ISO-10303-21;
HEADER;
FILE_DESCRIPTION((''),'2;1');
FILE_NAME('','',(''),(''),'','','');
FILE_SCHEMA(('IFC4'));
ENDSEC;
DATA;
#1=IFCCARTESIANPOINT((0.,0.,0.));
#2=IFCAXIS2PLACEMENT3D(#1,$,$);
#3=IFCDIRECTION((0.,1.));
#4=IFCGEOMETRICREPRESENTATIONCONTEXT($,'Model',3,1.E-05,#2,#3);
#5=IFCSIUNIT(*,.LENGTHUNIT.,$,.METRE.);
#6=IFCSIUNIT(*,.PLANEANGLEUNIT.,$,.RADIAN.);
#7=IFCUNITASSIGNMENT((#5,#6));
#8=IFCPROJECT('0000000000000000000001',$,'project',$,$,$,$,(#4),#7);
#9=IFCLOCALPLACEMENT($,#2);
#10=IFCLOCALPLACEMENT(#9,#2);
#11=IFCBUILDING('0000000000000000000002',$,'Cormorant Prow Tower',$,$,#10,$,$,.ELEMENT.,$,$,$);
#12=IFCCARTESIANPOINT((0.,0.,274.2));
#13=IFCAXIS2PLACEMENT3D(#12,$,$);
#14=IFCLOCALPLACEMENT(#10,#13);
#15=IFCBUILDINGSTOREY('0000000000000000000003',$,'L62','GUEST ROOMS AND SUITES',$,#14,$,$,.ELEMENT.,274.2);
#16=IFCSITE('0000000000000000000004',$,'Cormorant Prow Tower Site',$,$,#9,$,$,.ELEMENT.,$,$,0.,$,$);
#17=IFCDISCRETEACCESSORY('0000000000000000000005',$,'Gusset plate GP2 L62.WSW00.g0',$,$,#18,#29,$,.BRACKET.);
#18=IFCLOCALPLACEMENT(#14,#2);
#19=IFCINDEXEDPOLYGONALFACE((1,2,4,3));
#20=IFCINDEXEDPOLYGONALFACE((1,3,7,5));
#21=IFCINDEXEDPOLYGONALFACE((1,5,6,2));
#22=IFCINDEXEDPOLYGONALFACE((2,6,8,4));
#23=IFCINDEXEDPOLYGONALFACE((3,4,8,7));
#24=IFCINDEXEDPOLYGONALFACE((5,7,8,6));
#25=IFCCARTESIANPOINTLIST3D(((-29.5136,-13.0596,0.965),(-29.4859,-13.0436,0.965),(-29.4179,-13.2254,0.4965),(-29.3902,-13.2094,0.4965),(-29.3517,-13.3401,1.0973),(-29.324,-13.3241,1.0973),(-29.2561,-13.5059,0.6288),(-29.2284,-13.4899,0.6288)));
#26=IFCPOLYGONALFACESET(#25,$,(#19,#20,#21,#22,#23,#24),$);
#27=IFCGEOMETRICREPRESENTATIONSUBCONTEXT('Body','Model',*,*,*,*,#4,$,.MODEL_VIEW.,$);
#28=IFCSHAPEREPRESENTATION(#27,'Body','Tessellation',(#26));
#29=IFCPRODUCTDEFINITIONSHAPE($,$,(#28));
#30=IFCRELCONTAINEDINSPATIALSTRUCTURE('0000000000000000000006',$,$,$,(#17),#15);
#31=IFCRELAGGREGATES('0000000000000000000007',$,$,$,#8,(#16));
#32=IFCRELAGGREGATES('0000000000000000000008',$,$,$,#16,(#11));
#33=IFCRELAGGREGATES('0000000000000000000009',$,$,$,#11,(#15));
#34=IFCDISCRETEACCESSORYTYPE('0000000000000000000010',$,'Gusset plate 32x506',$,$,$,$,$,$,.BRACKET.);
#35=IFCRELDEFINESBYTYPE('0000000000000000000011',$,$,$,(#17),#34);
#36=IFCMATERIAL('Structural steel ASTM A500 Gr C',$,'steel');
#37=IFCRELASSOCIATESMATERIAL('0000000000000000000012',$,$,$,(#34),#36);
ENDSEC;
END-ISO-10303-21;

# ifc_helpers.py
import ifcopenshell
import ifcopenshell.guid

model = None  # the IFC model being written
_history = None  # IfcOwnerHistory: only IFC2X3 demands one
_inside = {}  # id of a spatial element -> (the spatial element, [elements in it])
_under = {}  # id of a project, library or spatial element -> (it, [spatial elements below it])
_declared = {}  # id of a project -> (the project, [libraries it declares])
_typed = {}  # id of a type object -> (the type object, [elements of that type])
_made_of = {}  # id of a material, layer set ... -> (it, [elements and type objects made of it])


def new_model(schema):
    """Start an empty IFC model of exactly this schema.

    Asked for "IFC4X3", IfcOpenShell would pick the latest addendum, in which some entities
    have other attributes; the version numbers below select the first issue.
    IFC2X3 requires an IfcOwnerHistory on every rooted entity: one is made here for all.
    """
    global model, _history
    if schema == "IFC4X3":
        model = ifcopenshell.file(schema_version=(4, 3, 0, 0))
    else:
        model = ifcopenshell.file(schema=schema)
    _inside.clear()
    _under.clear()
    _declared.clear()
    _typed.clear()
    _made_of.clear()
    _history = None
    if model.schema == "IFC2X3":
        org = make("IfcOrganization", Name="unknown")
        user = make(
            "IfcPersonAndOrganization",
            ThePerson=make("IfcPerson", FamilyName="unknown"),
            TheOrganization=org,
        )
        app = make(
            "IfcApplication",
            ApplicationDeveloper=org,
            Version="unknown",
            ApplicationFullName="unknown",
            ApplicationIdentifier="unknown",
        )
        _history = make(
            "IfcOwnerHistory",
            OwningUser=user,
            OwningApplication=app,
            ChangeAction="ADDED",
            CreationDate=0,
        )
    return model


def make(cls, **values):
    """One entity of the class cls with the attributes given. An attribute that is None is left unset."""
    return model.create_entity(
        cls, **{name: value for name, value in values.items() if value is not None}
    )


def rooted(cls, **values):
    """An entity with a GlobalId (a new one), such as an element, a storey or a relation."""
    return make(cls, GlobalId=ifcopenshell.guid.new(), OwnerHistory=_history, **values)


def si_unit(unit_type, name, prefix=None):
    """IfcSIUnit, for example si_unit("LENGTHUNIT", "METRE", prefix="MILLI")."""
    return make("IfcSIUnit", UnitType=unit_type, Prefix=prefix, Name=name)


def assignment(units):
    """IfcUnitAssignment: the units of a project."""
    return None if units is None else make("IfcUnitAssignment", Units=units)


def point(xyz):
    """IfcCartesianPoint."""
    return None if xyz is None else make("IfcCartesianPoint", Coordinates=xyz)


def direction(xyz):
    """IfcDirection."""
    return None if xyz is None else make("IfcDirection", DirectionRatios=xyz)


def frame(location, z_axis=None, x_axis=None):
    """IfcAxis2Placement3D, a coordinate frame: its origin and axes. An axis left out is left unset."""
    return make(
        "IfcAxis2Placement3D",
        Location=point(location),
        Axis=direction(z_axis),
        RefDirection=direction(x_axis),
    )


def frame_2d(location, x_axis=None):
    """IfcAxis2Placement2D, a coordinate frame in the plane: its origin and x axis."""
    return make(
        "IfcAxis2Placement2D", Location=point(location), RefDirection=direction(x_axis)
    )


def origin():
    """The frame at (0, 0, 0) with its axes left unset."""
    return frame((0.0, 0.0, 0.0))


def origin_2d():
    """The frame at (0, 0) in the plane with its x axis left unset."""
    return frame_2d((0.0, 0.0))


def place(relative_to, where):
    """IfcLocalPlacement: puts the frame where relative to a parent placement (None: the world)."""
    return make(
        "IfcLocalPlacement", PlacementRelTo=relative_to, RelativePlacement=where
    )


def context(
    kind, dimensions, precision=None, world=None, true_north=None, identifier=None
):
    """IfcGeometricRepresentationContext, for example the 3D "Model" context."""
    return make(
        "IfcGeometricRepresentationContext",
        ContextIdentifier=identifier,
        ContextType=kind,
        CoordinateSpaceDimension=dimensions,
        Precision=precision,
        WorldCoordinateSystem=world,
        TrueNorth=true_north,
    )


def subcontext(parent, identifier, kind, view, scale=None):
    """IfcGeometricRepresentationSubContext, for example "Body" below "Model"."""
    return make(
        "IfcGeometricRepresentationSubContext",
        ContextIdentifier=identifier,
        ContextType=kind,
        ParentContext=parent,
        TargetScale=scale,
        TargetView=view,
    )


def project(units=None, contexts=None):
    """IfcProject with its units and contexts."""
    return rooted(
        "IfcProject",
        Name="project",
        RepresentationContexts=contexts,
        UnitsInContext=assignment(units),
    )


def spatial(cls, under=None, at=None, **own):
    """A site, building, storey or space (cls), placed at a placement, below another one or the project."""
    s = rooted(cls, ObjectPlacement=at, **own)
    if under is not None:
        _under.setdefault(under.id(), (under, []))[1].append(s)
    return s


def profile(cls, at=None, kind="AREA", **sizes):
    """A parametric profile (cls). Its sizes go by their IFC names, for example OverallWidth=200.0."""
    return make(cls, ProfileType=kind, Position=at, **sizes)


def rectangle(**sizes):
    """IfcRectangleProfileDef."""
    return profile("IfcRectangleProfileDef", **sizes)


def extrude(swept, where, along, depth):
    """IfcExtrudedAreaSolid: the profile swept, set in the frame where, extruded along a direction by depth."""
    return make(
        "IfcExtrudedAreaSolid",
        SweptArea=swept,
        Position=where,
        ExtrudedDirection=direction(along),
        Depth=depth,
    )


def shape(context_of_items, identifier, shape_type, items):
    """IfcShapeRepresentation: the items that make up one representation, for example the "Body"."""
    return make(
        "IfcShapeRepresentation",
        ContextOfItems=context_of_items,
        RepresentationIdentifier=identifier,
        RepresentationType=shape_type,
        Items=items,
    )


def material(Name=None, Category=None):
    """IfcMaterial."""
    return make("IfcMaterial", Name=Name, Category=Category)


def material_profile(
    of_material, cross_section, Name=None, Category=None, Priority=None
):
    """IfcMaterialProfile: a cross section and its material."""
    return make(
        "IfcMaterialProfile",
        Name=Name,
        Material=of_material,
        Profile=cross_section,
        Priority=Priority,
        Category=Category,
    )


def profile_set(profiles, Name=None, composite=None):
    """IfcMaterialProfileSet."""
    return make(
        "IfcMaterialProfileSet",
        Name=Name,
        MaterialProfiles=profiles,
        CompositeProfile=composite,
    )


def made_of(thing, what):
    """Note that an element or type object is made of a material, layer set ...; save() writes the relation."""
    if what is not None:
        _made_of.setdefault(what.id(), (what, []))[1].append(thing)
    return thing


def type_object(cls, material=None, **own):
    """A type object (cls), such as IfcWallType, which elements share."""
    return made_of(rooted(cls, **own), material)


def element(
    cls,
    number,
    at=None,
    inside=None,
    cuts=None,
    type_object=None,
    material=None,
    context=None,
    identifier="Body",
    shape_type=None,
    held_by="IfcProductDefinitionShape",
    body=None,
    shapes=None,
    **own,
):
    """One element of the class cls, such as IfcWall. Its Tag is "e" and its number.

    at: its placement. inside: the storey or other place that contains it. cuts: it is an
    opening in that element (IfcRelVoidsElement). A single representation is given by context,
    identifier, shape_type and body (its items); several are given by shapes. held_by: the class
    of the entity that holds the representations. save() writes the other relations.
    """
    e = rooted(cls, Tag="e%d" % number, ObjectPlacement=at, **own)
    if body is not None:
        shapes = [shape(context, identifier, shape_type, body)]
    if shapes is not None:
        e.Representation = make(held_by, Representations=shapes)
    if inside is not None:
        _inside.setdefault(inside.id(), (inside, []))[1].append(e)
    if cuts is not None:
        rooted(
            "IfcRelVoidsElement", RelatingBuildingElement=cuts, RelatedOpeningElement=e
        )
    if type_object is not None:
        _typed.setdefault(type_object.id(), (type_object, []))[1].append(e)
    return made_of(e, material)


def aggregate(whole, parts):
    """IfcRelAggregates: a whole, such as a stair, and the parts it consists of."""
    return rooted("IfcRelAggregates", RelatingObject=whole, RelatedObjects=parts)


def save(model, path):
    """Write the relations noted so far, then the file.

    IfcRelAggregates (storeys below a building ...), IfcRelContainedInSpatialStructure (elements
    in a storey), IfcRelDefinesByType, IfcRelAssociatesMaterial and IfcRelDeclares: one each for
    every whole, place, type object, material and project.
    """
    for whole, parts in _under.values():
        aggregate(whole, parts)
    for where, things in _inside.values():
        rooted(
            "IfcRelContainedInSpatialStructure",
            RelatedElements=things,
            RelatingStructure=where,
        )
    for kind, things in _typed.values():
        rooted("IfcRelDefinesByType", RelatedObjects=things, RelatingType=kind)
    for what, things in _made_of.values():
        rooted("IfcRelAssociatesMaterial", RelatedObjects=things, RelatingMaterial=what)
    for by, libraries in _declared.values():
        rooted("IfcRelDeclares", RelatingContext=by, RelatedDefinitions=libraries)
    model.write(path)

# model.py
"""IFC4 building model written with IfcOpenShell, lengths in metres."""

from ifc_helpers import new_model, si_unit, direction, frame, origin, origin_2d, place, context, subcontext, project, spatial, rectangle, extrude, material, material_profile, profile_set, type_object, element, save


model = new_model("IFC4")

# Units and contexts
model_context = context("Model", 3, precision=1e-05, world=origin(), true_north=direction((0.0, 1.0)))
body_context = subcontext(model_context, "Body", "Model", "MODEL_VIEW")
ifc_project = project(units=[si_unit("LENGTHUNIT", "METRE"), si_unit("PLANEANGLEUNIT", "RADIAN")], contexts=[model_context])

# Site, building, storey
site_placement = place(None, origin())
site = spatial("IfcSite", under=ifc_project, at=site_placement, Name="Cormorant Prow Tower Site", CompositionType="ELEMENT", RefElevation=0.0)
building_placement = place(site_placement, origin())
building = spatial("IfcBuilding", under=site, at=building_placement, Name="Cormorant Prow Tower", CompositionType="ELEMENT")
storey_placement = place(building_placement, frame((0.0, 0.0, 274.2)))
storey = spatial("IfcBuildingStorey", under=building, at=storey_placement, Name="L62", Description="GUEST ROOMS AND SUITES", CompositionType="ELEMENT", Elevation=274.2)

# Discrete accessory
ifc_material_1 = material(Name="Structural steel ASTM A500 Gr C", Category="steel")
ifc_material_profile_1 = material_profile(ifc_material_1, rectangle(XDim=0.032, YDim=0.5061, at=origin_2d()), Name="Gusset plate 32x506")
ifc_profile_set_1 = profile_set([ifc_material_profile_1], Name="Structural steel ASTM A500 Gr C")
discrete_accessory_type = type_object("IfcDiscreteAccessoryType", Name="Gusset plate 32x506", PredefinedType="BRACKET", material=ifc_profile_set_1)
discrete_accessory_placement = place(storey_placement, frame((-29.29, -13.415, 0.863), z_axis=(-0.462661, 0.801806, -0.378223), x_axis=(-0.866148, -0.499788, 0.0)))
element("IfcDiscreteAccessory", 1, at=discrete_accessory_placement, inside=storey, type_object=discrete_accessory_type, Name="Gusset plate GP2 L62.WSW00.g0", PredefinedType="BRACKET", context=body_context, shape_type="SweptSolid", body=[
    extrude(rectangle(XDim=0.032, YDim=0.5061, at=origin_2d()), origin(), (0.0, 0.0, 1.0), 0.3499),
])

save(model, "model.ifc")
